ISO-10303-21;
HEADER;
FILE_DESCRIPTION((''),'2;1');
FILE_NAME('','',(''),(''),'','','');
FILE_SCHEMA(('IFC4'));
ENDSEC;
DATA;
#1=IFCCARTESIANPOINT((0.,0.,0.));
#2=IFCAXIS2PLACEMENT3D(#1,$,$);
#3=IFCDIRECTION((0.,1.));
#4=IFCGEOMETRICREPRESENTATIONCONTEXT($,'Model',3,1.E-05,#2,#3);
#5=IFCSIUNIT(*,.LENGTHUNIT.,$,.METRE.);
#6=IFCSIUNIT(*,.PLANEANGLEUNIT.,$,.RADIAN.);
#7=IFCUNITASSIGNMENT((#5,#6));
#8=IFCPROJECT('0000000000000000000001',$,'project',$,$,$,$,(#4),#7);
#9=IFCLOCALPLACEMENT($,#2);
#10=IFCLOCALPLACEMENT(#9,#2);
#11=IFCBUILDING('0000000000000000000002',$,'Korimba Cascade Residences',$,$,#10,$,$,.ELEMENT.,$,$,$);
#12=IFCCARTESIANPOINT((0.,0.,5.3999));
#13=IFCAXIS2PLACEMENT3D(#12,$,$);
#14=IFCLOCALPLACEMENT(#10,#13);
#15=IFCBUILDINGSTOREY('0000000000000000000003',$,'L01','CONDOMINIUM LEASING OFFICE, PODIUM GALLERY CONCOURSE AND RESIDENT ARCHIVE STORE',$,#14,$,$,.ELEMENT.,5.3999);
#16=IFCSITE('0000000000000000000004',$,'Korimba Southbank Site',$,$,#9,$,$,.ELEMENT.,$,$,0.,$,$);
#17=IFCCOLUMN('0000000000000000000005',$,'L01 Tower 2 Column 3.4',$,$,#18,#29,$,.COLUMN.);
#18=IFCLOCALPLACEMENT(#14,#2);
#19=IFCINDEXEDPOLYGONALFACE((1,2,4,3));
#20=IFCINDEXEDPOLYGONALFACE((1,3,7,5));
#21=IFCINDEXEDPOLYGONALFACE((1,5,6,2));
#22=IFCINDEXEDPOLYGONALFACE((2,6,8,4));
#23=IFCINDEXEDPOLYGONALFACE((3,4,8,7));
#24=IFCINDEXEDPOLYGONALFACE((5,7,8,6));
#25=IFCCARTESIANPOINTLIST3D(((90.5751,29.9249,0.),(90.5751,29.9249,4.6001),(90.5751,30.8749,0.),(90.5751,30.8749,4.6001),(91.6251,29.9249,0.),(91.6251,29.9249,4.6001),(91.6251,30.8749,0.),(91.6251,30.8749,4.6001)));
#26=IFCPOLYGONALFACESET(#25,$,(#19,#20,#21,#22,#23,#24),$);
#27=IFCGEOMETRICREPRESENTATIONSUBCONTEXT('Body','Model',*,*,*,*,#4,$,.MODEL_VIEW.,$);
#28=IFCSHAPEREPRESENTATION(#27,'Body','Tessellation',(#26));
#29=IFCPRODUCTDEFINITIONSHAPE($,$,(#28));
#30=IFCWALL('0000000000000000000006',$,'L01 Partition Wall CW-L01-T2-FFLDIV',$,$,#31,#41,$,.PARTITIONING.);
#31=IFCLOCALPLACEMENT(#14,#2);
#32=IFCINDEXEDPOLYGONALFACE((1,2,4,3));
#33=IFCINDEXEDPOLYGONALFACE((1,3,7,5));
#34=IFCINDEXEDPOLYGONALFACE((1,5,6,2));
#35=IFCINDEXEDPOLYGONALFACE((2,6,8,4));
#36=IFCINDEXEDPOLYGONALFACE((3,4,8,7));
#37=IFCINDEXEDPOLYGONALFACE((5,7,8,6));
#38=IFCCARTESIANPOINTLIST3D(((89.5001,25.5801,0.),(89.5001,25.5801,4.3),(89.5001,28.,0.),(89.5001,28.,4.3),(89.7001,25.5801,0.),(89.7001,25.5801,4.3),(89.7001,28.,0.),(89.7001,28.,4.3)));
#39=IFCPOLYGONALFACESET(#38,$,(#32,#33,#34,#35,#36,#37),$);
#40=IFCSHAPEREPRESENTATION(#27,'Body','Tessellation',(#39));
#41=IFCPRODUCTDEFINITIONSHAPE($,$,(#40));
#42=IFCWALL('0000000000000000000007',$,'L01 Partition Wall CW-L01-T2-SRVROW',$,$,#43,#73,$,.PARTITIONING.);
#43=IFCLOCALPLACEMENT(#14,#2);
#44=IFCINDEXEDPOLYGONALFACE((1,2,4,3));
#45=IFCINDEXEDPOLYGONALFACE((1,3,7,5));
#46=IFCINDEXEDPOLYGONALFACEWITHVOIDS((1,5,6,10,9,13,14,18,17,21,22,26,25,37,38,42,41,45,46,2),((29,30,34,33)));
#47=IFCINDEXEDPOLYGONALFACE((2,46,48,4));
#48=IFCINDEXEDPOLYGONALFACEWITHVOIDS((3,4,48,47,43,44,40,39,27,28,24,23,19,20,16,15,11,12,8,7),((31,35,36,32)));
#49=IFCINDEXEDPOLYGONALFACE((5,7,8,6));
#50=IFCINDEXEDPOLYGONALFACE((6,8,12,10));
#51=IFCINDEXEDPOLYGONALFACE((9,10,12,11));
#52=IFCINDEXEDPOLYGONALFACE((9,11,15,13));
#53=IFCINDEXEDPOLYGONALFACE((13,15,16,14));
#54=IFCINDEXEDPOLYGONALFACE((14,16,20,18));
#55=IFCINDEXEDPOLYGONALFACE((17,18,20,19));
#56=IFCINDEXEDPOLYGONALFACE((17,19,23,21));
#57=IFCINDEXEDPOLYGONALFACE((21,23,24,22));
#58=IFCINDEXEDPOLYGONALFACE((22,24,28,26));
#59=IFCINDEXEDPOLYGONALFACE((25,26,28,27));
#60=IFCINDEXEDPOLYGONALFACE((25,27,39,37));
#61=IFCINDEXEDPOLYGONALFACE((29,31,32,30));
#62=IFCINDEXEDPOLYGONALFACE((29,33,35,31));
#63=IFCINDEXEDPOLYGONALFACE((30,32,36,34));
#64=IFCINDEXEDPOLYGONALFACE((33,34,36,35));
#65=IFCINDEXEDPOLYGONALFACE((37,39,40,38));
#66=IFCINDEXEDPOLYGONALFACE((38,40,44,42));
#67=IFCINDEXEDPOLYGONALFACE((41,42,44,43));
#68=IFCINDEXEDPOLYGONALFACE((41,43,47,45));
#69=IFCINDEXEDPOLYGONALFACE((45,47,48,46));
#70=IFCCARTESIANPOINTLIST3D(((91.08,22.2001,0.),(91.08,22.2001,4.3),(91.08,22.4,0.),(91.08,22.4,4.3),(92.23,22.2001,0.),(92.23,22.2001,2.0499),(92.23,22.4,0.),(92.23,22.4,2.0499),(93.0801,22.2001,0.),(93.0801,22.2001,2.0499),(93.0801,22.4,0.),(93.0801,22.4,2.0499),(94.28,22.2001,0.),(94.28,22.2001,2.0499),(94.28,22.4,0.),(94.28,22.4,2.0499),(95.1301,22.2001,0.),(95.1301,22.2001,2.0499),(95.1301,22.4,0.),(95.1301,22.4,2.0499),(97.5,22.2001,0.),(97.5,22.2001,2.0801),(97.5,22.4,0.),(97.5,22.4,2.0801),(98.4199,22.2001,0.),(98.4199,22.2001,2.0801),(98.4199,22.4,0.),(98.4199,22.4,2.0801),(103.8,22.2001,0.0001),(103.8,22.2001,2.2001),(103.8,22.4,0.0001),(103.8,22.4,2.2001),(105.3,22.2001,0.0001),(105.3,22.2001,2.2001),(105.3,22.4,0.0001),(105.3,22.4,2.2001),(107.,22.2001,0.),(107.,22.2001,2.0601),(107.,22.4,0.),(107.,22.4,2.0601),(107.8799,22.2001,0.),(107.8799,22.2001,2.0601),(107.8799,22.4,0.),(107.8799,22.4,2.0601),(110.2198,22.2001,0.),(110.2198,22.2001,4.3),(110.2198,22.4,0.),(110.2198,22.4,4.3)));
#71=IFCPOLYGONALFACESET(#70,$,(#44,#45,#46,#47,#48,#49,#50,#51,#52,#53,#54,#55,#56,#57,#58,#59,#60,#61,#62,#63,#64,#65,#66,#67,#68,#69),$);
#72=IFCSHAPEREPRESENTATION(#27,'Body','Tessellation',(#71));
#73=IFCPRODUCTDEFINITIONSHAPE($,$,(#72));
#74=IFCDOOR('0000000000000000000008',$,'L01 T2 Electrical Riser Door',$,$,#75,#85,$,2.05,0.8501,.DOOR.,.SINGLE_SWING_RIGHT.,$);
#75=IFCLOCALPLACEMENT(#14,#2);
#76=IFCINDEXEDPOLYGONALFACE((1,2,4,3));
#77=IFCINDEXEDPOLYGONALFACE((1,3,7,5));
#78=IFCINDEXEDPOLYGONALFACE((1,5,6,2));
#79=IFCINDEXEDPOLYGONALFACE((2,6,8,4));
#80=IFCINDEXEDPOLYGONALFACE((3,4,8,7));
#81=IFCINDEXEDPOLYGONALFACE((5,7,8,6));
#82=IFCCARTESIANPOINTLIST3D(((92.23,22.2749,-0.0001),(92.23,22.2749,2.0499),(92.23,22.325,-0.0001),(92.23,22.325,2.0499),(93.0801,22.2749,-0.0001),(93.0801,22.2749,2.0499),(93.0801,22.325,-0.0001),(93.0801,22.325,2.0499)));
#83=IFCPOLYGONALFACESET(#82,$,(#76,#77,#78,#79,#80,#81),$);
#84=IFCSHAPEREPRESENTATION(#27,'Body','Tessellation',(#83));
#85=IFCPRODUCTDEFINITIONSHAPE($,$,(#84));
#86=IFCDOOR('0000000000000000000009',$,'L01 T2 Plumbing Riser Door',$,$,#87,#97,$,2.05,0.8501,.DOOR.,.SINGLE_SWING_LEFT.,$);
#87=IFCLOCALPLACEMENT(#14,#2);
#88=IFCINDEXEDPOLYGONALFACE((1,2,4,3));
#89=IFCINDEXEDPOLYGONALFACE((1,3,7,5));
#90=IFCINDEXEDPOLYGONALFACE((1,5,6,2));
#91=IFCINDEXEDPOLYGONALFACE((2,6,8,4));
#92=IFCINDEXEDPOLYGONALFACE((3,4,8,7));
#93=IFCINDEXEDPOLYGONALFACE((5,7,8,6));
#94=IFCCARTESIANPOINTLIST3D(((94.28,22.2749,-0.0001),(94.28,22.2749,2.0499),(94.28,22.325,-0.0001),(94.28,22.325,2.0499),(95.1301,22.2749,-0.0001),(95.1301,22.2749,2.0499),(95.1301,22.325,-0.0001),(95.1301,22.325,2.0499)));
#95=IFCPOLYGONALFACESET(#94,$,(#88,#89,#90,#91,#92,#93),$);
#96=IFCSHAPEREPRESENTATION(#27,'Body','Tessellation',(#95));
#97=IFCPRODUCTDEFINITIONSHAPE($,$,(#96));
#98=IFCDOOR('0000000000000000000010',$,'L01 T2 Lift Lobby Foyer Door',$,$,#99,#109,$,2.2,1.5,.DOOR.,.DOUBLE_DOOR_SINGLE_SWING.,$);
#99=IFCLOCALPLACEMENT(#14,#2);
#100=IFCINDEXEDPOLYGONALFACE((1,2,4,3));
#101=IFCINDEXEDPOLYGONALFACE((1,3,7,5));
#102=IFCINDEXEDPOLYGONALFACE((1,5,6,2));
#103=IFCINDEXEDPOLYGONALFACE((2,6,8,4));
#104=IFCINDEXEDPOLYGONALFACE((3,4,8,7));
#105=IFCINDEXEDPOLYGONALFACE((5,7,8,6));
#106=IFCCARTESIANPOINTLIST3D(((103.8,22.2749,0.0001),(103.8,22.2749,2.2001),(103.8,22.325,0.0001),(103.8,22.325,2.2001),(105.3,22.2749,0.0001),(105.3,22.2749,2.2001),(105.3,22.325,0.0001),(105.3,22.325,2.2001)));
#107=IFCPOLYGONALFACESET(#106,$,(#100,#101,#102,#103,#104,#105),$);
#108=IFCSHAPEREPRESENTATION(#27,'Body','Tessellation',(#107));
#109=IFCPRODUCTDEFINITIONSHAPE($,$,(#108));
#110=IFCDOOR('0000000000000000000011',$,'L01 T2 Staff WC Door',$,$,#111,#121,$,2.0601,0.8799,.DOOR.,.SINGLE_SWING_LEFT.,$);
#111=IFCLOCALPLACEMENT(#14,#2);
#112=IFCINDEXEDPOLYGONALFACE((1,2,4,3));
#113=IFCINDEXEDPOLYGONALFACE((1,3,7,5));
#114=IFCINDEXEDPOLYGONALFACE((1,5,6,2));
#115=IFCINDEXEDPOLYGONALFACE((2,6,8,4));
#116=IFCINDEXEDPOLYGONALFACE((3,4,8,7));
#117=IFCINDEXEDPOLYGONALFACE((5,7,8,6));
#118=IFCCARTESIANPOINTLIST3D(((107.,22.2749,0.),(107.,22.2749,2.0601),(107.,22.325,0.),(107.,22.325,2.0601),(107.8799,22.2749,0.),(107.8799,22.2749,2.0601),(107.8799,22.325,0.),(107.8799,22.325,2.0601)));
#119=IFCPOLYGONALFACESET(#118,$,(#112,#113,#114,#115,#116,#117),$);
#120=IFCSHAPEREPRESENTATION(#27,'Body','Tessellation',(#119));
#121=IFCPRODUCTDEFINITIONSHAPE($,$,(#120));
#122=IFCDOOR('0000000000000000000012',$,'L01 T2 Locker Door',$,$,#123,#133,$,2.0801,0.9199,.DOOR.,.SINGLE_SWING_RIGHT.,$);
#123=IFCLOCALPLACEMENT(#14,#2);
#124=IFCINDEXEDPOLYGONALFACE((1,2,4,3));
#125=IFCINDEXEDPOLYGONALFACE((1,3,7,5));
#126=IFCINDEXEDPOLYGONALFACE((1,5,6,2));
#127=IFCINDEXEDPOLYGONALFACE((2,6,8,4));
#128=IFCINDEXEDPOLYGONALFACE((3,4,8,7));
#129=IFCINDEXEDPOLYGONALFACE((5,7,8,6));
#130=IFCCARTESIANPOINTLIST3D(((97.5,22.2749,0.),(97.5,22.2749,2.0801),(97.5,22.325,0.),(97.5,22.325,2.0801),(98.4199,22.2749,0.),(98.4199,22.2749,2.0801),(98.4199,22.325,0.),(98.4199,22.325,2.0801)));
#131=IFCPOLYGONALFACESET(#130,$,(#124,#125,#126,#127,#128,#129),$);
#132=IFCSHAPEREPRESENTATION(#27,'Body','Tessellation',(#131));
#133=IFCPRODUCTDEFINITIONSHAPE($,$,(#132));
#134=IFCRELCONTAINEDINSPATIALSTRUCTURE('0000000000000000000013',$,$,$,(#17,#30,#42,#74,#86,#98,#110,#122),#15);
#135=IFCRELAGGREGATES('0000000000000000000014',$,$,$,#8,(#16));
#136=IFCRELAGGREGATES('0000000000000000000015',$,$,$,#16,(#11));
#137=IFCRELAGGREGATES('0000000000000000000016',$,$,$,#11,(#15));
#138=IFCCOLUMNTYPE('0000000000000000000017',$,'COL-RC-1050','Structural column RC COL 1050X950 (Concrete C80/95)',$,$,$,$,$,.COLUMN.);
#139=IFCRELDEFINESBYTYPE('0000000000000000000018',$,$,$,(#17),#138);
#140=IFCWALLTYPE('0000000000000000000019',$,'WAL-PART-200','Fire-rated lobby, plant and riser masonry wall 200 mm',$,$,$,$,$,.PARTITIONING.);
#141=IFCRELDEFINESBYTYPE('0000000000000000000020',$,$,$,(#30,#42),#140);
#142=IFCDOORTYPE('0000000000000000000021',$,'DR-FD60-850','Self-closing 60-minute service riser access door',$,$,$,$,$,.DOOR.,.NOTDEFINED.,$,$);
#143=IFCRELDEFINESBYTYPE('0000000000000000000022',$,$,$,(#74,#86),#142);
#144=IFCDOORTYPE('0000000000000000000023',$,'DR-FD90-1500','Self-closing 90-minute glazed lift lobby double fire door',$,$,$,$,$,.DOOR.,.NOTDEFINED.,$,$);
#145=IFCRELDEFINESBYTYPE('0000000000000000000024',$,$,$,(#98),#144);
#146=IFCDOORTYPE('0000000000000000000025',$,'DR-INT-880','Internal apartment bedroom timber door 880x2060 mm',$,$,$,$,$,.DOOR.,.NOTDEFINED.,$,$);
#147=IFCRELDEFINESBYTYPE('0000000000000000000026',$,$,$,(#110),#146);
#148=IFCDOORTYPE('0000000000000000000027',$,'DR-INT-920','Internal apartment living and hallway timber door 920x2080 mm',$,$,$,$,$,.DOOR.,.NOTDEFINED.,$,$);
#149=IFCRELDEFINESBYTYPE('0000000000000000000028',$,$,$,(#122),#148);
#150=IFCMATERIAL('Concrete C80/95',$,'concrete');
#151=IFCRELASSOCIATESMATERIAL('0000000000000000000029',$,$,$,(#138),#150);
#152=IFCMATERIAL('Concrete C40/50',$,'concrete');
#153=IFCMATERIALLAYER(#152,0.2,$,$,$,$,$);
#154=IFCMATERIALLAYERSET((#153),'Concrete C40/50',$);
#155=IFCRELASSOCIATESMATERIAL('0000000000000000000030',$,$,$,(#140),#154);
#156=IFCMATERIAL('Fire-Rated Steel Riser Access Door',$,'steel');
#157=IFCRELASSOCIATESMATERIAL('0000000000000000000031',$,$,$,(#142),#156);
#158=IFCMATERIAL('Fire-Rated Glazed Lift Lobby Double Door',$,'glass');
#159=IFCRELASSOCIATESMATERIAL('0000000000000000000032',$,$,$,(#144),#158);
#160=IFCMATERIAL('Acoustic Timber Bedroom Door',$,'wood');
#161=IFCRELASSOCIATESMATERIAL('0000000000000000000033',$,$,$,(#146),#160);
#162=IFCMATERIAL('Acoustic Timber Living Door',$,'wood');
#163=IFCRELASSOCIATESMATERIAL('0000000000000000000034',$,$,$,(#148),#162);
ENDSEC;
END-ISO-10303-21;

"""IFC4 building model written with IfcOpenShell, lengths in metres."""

from ifc_helpers import new_model, si_unit, direction, frame, frame_2d, origin, origin_2d, place, context, subcontext, project, spatial, rectangle, extrude, material, layer, layer_set, material_profile, profile_set, type_object, element, fill, save


model = new_model("IFC4")

# Units and contexts
model_context = context("Model", 3, precision=1e-05, world=origin(), true_north=direction((0.0, 1.0)))
body_context = subcontext(model_context, "Body", "Model", "MODEL_VIEW")
ifc_project = project(units=[si_unit("LENGTHUNIT", "METRE"), si_unit("PLANEANGLEUNIT", "RADIAN")], contexts=[model_context])

# Site, building, storey
site_placement = place(None, origin())
site = spatial("IfcSite", under=ifc_project, at=site_placement, Name="Korimba Southbank Site", CompositionType="ELEMENT", RefElevation=0.0)
building_placement = place(site_placement, origin())
building = spatial("IfcBuilding", under=site, at=building_placement, Name="Korimba Cascade Residences", CompositionType="ELEMENT")
storey_placement = place(building_placement, frame((0.0, 0.0, 5.3999)))
storey = spatial("IfcBuildingStorey", under=building, at=storey_placement, Name="L01", Description="CONDOMINIUM LEASING OFFICE, PODIUM GALLERY CONCOURSE AND RESIDENT ARCHIVE STORE", CompositionType="ELEMENT", Elevation=5.3999)

# Column
ifc_material_1 = material(Name="Concrete C80/95", Category="concrete")
ifc_material_profile = material_profile(ifc_material_1, rectangle(XDim=1.05, YDim=0.95, at=origin_2d()), Name="Concrete C80/95")
ifc_profile_set = profile_set([ifc_material_profile], Name="Concrete C80/95")
column_type = type_object("IfcColumnType", Name="COL-RC-1050", Description="Structural column RC COL 1050X950 (Concrete C80/95)", PredefinedType="COLUMN", material=ifc_profile_set)
column_placement = place(storey_placement, frame((91.1001, 30.3999, 0.0), z_axis=(0.0, 0.0, 1.0), x_axis=(1.0, 0.0, 0.0)))
element("IfcColumn", 1, at=column_placement, inside=storey, type_object=column_type, Name="L01 Tower 2 Column 3.4", PredefinedType="COLUMN", context=body_context, shape_type="SweptSolid", body=[
    extrude(rectangle(XDim=1.05, YDim=0.95, at=origin_2d()), origin(), (0.0, 0.0, 1.0), 4.6001),
])

# Wall
ifc_material_2 = material(Name="Concrete C40/50", Category="concrete")
ifc_layer_1 = layer(ifc_material_2, 0.2)
ifc_layer_set_1 = layer_set([ifc_layer_1], Name="Concrete C40/50")
wall_type_1 = type_object("IfcWallType", Name="WAL-PART-200", Description="Fire-rated lobby, plant and riser masonry wall 200 mm", PredefinedType="PARTITIONING", material=ifc_layer_set_1)
wall_1_placement = place(storey_placement, frame((89.6001, 25.5801, 0.0), z_axis=(0.0, 0.0, 1.0), x_axis=(0.0, 1.0, 0.0)))
element("IfcWall", 2, at=wall_1_placement, inside=storey, type_object=wall_type_1, Name="L01 Partition Wall CW-L01-T2-FFLDIV", PredefinedType="PARTITIONING", context=body_context, shape_type="SweptSolid", body=[
    extrude(rectangle(XDim=2.4199, YDim=0.2, at=frame_2d((1.21, 0.0))), origin(), (0.0, 0.0, 1.0), 4.3),
])

# Wall, openings, doors
wall_2_placement = place(storey_placement, frame((91.0801, 22.3, 0.0), z_axis=(0.0, 0.0, 1.0), x_axis=(1.0, 0.0, 0.0)))
wall_2 = element("IfcWall", 3, at=wall_2_placement, inside=storey, type_object=wall_type_1, Name="L01 Partition Wall CW-L01-T2-SRVROW", PredefinedType="PARTITIONING", context=body_context, shape_type="SweptSolid", body=[
    extrude(rectangle(XDim=19.1399, YDim=0.2, at=frame_2d((9.5698, 0.0))), origin(), (0.0, 0.0, 1.0), 4.3),
])
opening_1_placement = place(wall_2_placement, frame((1.1499, 0.0, 0.0)))
opening_1 = element("IfcOpeningElement", 4, at=opening_1_placement, cuts=wall_2, PredefinedType="OPENING", context=body_context, shape_type="SweptSolid", body=[
    extrude(rectangle(XDim=0.8501, YDim=2.05, at=frame_2d((0.425, 1.0249))), frame((0.0, 0.1099, 0.0), z_axis=(0.0, -1.0, 0.0), x_axis=(1.0, 0.0, 0.0)), (0.0, 0.0, 1.0), 0.22),
])
opening_2_placement = place(wall_2_placement, frame((3.2, 0.0, 0.0)))
opening_2 = element("IfcOpeningElement", 5, at=opening_2_placement, cuts=wall_2, PredefinedType="OPENING", context=body_context, shape_type="SweptSolid", body=[
    extrude(rectangle(XDim=0.8501, YDim=2.05, at=frame_2d((0.425, 1.0249))), frame((0.0, 0.1099, 0.0), z_axis=(0.0, -1.0, 0.0), x_axis=(1.0, 0.0, 0.0)), (0.0, 0.0, 1.0), 0.22),
])
opening_3_placement = place(wall_2_placement, frame((12.72, 0.0, 0.0)))
opening_3 = element("IfcOpeningElement", 6, at=opening_3_placement, cuts=wall_2, PredefinedType="OPENING", context=body_context, shape_type="SweptSolid", body=[
    extrude(rectangle(XDim=1.5, YDim=2.2, at=frame_2d((0.75, 1.1001))), frame((0.0, 0.1099, 0.0), z_axis=(0.0, -1.0, 0.0), x_axis=(1.0, 0.0, 0.0)), (0.0, 0.0, 1.0), 0.22),
])
opening_4_placement = place(wall_2_placement, frame((6.4199, 0.0, 0.0)))
opening_4 = element("IfcOpeningElement", 7, at=opening_4_placement, cuts=wall_2, PredefinedType="OPENING", context=body_context, shape_type="SweptSolid", body=[
    extrude(rectangle(XDim=0.9199, YDim=2.0801, at=frame_2d((0.46, 1.04))), frame((0.0, 0.1099, 0.0), z_axis=(0.0, -1.0, 0.0), x_axis=(1.0, 0.0, 0.0)), (0.0, 0.0, 1.0), 0.22),
])
opening_5_placement = place(wall_2_placement, frame((15.9199, 0.0, 0.0)))
opening_5 = element("IfcOpeningElement", 8, at=opening_5_placement, cuts=wall_2, PredefinedType="OPENING", context=body_context, shape_type="SweptSolid", body=[
    extrude(rectangle(XDim=0.8799, YDim=2.0601, at=frame_2d((0.4399, 1.03))), frame((0.0, 0.1099, 0.0), z_axis=(0.0, -1.0, 0.0), x_axis=(1.0, 0.0, 0.0)), (0.0, 0.0, 1.0), 0.22),
])
ifc_material_3 = material(Name="Fire-Rated Steel Riser Access Door", Category="steel")
door_type_1 = type_object("IfcDoorType", Name="DR-FD60-850", Description="Self-closing 60-minute service riser access door", OperationType="NOTDEFINED", PredefinedType="DOOR", material=ifc_material_3)
door_1_placement = place(opening_1_placement, origin())
door_1 = element("IfcDoor", 9, at=door_1_placement, inside=storey, type_object=door_type_1, Name="L01 T2 Electrical Riser Door", OperationType="SINGLE_SWING_RIGHT", OverallHeight=2.05, OverallWidth=0.8501, PredefinedType="DOOR", context=body_context, shape_type="SweptSolid", body=[
    extrude(rectangle(XDim=0.8501, YDim=2.05, at=frame_2d((0.425, 1.0249))), frame((0.0, 0.0249, 0.0), z_axis=(0.0, -1.0, 0.0), x_axis=(1.0, 0.0, 0.0)), (0.0, 0.0, 1.0), 0.05),
])
fill(opening_1, door_1)
door_2_placement = place(opening_2_placement, origin())
door_2 = element("IfcDoor", 10, at=door_2_placement, inside=storey, type_object=door_type_1, Name="L01 T2 Plumbing Riser Door", OperationType="SINGLE_SWING_LEFT", OverallHeight=2.05, OverallWidth=0.8501, PredefinedType="DOOR", context=body_context, shape_type="SweptSolid", body=[
    extrude(rectangle(XDim=0.8501, YDim=2.05, at=frame_2d((0.425, 1.0249))), frame((0.0, 0.0249, 0.0), z_axis=(0.0, -1.0, 0.0), x_axis=(1.0, 0.0, 0.0)), (0.0, 0.0, 1.0), 0.05),
])
fill(opening_2, door_2)
ifc_material_4 = material(Name="Fire-Rated Glazed Lift Lobby Double Door", Category="glass")
door_type_2 = type_object("IfcDoorType", Name="DR-FD90-1500", Description="Self-closing 90-minute glazed lift lobby double fire door", OperationType="NOTDEFINED", PredefinedType="DOOR", material=ifc_material_4)
door_3_placement = place(opening_3_placement, origin())
door_3 = element("IfcDoor", 11, at=door_3_placement, inside=storey, type_object=door_type_2, Name="L01 T2 Lift Lobby Foyer Door", OperationType="DOUBLE_DOOR_SINGLE_SWING", OverallHeight=2.2, OverallWidth=1.5, PredefinedType="DOOR", context=body_context, shape_type="SweptSolid", body=[
    extrude(rectangle(XDim=1.5, YDim=2.2, at=frame_2d((0.75, 1.1001))), frame((0.0, 0.0249, 0.0), z_axis=(0.0, -1.0, 0.0), x_axis=(1.0, 0.0, 0.0)), (0.0, 0.0, 1.0), 0.05),
])
fill(opening_3, door_3)
ifc_material_5 = material(Name="Acoustic Timber Bedroom Door", Category="wood")
door_type_3 = type_object("IfcDoorType", Name="DR-INT-880", Description="Internal apartment bedroom timber door 880x2060 mm", OperationType="NOTDEFINED", PredefinedType="DOOR", material=ifc_material_5)
door_4_placement = place(opening_5_placement, origin())
door_4 = element("IfcDoor", 12, at=door_4_placement, inside=storey, type_object=door_type_3, Name="L01 T2 Staff WC Door", OperationType="SINGLE_SWING_LEFT", OverallHeight=2.0601, OverallWidth=0.8799, PredefinedType="DOOR", context=body_context, shape_type="SweptSolid", body=[
    extrude(rectangle(XDim=0.8799, YDim=2.0601, at=frame_2d((0.4399, 1.03))), frame((0.0, 0.0249, 0.0), z_axis=(0.0, -1.0, 0.0), x_axis=(1.0, 0.0, 0.0)), (0.0, 0.0, 1.0), 0.05),
])
fill(opening_5, door_4)
ifc_material_6 = material(Name="Acoustic Timber Living Door", Category="wood")
door_type_4 = type_object("IfcDoorType", Name="DR-INT-920", Description="Internal apartment living and hallway timber door 920x2080 mm", OperationType="NOTDEFINED", PredefinedType="DOOR", material=ifc_material_6)
door_5_placement = place(opening_4_placement, origin())
door_5 = element("IfcDoor", 13, at=door_5_placement, inside=storey, type_object=door_type_4, Name="L01 T2 Locker Door", OperationType="SINGLE_SWING_RIGHT", OverallHeight=2.0801, OverallWidth=0.9199, PredefinedType="DOOR", context=body_context, shape_type="SweptSolid", body=[
    extrude(rectangle(XDim=0.9199, YDim=2.0801, at=frame_2d((0.46, 1.04))), frame((0.0, 0.0249, 0.0), z_axis=(0.0, -1.0, 0.0), x_axis=(1.0, 0.0, 0.0)), (0.0, 0.0, 1.0), 0.05),
])
fill(opening_4, door_5)

save(model, "model.ifc")
